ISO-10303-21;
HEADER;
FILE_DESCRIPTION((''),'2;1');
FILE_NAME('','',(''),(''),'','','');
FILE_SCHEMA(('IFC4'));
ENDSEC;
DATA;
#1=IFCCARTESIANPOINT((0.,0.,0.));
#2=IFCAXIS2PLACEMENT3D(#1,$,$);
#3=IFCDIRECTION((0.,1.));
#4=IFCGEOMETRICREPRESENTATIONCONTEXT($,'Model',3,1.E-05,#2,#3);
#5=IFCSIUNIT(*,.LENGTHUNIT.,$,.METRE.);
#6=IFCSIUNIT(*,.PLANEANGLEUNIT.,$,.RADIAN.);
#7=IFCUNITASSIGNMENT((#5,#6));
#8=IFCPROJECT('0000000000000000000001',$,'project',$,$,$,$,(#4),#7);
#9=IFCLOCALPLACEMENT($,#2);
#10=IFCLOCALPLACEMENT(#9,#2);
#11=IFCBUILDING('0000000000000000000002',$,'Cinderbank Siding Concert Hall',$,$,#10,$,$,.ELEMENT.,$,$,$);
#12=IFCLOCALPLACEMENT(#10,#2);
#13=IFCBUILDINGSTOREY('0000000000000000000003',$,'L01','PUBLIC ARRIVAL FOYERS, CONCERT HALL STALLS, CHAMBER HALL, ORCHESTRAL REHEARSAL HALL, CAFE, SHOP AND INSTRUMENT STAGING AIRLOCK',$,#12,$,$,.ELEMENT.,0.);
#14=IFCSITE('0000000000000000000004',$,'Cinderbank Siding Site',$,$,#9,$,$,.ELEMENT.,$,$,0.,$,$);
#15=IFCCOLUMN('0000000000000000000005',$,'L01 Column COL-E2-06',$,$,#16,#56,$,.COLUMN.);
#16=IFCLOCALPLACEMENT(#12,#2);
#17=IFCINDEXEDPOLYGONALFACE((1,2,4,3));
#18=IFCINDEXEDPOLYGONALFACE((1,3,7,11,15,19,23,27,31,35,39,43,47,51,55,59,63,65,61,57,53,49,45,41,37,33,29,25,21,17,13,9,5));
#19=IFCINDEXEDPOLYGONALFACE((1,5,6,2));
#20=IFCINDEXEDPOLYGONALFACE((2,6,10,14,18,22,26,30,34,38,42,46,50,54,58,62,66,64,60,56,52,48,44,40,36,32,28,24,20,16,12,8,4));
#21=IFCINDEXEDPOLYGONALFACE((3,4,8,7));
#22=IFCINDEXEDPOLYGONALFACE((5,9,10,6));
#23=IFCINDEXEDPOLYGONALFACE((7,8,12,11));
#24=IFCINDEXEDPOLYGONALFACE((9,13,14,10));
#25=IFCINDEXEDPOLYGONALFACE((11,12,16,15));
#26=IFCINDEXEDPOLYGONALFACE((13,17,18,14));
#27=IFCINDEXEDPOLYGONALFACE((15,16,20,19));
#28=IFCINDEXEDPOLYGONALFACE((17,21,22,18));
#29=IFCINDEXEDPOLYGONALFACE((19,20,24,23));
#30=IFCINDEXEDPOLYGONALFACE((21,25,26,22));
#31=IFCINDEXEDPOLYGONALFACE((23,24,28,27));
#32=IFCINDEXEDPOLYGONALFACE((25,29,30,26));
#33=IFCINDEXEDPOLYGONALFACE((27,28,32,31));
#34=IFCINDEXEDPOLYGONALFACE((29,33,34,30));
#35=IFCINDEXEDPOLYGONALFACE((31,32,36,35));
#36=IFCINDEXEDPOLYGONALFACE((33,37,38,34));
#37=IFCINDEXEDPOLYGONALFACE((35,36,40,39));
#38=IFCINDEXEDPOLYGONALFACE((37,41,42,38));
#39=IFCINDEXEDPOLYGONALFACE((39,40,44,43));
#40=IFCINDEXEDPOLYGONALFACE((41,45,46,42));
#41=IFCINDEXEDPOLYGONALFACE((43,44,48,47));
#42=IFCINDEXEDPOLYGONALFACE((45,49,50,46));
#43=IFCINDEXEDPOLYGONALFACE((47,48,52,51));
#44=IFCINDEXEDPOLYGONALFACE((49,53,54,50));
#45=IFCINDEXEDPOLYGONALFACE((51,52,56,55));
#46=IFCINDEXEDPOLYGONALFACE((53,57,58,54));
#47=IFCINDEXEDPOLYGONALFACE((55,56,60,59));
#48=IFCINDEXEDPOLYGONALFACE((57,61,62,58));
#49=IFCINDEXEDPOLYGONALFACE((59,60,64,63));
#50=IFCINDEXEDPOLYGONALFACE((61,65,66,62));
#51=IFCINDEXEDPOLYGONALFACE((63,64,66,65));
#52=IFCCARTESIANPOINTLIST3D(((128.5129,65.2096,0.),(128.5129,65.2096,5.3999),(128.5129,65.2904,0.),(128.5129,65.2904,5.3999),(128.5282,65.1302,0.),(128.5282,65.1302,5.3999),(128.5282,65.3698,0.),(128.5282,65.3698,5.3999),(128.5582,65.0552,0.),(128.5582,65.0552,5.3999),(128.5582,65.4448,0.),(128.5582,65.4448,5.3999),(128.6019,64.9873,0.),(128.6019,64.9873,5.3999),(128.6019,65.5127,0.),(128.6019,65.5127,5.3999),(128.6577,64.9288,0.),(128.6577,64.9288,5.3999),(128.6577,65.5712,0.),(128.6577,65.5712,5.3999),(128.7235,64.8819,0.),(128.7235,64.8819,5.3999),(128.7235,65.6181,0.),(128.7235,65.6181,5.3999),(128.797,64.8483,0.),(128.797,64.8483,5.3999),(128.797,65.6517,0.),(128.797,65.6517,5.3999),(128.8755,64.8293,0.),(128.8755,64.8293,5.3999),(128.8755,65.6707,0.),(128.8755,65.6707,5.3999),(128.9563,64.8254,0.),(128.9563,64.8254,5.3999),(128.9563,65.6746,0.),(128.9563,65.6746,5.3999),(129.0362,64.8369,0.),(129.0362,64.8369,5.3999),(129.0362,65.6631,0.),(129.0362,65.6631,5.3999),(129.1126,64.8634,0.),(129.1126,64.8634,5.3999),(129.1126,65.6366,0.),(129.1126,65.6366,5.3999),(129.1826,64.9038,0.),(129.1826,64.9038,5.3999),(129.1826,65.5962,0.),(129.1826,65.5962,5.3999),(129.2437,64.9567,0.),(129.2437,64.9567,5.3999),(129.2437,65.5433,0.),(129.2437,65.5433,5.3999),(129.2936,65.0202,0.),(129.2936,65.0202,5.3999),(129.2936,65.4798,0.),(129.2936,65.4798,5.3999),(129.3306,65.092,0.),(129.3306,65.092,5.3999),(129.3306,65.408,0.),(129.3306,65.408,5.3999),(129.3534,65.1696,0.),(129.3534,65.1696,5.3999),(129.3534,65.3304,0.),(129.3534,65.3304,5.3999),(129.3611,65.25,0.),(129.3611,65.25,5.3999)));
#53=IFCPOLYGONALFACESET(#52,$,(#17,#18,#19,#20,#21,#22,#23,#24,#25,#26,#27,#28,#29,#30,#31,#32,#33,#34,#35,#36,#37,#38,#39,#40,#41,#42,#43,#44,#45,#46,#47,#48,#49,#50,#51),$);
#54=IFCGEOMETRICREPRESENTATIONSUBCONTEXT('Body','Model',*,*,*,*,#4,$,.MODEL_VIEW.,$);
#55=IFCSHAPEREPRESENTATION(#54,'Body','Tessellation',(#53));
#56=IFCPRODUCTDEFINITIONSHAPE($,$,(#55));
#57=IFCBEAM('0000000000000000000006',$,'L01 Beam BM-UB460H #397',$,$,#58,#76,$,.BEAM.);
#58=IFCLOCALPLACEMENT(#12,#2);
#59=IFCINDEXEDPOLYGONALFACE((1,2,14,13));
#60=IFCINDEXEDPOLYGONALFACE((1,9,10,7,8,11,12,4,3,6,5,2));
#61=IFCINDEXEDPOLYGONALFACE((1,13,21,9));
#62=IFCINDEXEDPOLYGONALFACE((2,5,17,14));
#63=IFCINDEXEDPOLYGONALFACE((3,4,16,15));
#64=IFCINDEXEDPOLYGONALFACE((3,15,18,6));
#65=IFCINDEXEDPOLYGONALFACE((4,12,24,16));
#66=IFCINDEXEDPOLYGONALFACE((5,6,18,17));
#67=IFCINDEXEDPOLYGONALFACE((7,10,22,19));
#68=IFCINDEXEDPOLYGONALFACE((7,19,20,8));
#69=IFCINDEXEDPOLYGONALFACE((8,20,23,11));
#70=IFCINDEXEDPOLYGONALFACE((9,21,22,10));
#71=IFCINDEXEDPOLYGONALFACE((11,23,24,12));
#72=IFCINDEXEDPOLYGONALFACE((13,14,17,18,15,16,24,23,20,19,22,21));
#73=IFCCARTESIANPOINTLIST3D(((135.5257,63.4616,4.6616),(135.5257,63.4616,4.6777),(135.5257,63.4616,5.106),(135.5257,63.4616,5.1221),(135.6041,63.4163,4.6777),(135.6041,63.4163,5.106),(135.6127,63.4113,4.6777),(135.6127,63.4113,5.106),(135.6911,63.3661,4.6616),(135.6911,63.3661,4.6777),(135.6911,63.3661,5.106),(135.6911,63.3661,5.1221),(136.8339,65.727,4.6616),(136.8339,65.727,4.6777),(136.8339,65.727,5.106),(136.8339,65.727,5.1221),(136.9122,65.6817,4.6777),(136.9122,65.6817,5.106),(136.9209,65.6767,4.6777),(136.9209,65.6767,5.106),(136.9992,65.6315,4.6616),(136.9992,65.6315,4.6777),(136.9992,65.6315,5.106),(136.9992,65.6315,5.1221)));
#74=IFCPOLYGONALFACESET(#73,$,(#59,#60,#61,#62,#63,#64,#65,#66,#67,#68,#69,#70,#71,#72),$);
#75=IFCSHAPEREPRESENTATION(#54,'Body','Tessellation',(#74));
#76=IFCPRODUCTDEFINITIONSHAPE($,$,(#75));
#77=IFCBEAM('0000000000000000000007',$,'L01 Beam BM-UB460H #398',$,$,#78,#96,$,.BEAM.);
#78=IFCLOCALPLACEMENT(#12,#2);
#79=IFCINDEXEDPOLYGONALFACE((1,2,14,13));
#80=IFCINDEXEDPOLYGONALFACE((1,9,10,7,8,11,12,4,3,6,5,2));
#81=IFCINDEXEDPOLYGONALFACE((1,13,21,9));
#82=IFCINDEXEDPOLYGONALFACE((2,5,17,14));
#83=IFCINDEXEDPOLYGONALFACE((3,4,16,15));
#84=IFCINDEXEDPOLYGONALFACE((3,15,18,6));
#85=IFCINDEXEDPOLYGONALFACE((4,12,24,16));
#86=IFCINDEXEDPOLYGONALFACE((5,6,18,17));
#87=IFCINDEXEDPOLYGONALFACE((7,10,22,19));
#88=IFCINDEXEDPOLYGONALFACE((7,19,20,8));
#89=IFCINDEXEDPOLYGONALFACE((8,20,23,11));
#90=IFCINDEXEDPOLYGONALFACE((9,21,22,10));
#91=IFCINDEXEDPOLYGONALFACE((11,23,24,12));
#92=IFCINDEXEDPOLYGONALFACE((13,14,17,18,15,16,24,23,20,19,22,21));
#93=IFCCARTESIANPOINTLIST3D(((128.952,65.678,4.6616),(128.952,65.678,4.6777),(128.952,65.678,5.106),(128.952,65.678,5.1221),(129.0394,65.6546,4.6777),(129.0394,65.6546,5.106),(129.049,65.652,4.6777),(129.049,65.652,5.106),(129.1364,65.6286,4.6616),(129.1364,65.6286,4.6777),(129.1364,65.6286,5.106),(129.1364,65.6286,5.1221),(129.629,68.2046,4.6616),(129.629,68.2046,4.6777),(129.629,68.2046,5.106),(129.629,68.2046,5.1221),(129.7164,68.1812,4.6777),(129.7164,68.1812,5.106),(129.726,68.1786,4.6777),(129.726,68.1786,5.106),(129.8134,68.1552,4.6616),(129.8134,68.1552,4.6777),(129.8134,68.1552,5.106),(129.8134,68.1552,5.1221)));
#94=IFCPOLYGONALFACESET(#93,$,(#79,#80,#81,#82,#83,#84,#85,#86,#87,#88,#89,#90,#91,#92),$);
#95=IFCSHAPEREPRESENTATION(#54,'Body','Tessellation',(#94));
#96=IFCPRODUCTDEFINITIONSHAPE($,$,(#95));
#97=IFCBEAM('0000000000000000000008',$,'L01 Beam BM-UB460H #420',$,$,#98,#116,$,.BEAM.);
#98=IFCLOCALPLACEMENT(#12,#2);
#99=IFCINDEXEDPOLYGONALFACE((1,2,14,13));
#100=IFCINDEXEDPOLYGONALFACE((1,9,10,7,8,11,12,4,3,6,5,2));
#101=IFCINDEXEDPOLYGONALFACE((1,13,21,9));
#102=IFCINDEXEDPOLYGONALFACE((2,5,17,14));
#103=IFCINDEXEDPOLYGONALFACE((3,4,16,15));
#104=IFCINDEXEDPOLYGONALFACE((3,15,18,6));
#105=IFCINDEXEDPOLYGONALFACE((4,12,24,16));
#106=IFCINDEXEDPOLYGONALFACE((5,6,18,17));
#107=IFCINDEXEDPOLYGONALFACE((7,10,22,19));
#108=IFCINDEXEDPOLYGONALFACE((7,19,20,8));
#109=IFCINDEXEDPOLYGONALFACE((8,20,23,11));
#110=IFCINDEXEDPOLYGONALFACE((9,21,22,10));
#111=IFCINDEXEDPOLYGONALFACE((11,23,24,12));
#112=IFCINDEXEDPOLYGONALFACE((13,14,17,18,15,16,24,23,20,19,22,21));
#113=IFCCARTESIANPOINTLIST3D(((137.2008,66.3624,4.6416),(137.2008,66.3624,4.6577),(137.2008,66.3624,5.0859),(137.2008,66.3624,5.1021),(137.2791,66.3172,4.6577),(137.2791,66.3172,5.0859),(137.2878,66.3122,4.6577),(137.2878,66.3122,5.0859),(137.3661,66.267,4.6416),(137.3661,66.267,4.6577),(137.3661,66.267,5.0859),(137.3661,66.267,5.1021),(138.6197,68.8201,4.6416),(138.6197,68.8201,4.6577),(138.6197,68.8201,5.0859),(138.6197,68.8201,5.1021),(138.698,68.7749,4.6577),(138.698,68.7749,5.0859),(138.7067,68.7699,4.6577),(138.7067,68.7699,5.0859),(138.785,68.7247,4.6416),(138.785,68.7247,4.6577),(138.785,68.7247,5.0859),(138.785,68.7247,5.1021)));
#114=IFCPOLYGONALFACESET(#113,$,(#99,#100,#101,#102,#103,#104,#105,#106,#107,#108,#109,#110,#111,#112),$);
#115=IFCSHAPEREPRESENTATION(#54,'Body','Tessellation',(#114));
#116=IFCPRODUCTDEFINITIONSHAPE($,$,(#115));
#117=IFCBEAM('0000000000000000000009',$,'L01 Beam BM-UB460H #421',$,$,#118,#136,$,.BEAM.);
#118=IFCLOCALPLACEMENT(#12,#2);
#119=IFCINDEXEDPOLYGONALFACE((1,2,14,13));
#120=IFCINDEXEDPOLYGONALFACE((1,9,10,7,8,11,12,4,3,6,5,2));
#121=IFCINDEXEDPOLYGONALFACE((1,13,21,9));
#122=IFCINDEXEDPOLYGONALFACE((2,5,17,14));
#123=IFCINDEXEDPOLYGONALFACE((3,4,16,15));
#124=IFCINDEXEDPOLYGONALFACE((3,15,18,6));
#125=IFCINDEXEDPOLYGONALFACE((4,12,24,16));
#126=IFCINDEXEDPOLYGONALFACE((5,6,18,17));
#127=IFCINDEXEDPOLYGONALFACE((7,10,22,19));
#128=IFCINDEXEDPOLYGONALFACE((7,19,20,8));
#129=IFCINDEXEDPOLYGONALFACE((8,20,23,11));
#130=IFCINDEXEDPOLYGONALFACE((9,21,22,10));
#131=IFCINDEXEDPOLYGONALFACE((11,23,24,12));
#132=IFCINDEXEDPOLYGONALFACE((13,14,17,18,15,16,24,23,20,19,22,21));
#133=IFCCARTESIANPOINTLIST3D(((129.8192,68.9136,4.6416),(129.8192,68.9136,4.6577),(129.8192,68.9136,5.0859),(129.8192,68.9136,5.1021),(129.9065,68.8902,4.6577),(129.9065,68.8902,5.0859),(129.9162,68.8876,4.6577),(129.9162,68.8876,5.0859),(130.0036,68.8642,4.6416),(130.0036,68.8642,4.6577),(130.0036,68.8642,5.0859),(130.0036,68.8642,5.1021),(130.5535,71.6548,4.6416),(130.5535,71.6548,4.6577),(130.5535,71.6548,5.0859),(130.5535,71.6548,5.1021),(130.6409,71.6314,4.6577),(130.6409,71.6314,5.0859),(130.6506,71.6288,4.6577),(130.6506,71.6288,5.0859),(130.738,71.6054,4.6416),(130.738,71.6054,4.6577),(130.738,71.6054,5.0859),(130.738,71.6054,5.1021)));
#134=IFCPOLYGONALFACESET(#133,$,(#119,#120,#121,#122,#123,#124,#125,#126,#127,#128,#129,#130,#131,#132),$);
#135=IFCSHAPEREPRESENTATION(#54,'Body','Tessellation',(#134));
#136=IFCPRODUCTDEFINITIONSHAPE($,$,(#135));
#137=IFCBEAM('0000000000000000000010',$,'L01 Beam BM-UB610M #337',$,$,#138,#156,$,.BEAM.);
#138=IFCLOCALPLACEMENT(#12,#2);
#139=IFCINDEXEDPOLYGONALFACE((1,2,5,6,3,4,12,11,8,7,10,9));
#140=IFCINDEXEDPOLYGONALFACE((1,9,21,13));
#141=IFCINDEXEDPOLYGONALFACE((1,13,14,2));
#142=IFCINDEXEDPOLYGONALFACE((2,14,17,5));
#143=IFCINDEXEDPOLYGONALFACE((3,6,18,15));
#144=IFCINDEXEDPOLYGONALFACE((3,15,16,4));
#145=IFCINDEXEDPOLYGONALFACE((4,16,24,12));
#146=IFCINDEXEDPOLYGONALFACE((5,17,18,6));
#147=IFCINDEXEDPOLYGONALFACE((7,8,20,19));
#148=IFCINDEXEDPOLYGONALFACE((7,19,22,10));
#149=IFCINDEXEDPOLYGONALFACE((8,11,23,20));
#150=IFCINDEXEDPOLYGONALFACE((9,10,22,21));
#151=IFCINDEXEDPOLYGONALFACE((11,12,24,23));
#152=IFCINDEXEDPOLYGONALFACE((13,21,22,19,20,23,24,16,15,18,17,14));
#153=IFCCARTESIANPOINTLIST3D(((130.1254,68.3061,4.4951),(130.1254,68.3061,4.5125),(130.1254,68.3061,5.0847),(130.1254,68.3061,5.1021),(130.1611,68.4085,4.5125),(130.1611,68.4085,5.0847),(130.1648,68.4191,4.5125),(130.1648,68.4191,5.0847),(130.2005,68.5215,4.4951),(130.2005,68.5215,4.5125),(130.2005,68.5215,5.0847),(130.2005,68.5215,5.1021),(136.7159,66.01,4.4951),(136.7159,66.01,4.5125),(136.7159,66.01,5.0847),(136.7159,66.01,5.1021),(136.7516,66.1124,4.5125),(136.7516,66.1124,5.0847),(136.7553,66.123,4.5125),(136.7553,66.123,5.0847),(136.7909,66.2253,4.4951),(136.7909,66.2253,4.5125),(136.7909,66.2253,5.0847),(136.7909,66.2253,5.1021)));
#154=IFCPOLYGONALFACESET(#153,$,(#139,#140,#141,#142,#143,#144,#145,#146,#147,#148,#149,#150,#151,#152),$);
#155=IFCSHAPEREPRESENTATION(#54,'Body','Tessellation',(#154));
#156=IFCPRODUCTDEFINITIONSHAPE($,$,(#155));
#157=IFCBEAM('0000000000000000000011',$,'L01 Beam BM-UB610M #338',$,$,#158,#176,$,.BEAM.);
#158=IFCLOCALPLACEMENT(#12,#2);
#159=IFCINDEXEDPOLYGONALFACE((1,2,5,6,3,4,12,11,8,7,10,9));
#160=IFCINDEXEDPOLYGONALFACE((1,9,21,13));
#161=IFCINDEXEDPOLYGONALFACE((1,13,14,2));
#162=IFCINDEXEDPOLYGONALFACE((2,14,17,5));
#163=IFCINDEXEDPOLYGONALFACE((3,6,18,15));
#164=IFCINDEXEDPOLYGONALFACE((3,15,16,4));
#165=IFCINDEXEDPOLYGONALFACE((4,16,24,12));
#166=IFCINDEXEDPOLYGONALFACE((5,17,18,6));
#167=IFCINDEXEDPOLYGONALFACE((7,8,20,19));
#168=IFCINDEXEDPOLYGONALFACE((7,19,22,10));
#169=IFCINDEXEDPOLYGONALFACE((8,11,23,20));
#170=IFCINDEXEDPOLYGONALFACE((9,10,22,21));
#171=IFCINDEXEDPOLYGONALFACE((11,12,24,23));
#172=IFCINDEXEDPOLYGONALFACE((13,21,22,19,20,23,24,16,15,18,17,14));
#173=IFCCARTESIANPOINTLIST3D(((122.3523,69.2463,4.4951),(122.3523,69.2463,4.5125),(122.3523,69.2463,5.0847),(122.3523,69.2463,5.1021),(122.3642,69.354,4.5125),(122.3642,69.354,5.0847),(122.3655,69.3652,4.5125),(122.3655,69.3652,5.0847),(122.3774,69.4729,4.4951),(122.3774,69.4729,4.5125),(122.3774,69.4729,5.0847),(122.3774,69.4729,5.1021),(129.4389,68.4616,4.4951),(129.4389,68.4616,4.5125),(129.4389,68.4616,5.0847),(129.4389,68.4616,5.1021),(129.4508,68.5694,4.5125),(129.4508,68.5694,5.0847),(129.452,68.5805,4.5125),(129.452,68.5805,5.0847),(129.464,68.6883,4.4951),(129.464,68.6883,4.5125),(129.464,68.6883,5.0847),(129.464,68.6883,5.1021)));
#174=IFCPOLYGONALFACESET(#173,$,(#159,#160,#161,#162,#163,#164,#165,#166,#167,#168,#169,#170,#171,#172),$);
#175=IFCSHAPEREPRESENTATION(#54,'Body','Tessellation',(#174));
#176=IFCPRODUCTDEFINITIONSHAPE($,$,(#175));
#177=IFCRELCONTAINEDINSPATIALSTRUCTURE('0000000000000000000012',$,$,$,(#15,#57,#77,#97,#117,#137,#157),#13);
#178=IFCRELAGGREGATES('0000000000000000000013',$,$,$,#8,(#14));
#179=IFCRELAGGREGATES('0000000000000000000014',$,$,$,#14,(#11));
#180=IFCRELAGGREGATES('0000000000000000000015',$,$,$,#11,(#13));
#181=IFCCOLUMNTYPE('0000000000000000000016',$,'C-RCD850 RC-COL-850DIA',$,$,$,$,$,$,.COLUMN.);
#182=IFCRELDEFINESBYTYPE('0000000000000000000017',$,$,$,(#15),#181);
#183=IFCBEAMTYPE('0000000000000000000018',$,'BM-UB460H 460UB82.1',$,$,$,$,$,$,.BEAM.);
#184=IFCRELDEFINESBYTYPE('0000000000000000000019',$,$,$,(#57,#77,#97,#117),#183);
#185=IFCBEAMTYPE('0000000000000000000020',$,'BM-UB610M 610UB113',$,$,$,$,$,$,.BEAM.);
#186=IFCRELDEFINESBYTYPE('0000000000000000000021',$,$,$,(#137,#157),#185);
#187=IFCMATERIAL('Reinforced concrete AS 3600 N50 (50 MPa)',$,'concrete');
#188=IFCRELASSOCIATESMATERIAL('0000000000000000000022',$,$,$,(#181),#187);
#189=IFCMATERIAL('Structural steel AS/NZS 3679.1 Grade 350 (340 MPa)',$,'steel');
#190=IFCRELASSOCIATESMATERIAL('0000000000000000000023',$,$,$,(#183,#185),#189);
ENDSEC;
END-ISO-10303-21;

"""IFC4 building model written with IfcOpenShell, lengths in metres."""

from ifc_helpers import new_model, si_unit, direction, frame, origin, origin_2d, place, context, subcontext, project, spatial, circle, i_section, extrude, material, material_profile, profile_set, type_object, element, save


model = new_model("IFC4")

# Units and contexts
model_context = context("Model", 3, precision=1e-05, world=origin(), true_north=direction((0.0, 1.0)))
body_context = subcontext(model_context, "Body", "Model", "MODEL_VIEW")
ifc_project = project(units=[si_unit("LENGTHUNIT", "METRE"), si_unit("PLANEANGLEUNIT", "RADIAN")], contexts=[model_context])

# Site, building, storey
site_placement = place(None, origin())
site = spatial("IfcSite", under=ifc_project, at=site_placement, Name="Cinderbank Siding Site", CompositionType="ELEMENT", RefElevation=0.0)
building_placement = place(site_placement, origin())
building = spatial("IfcBuilding", under=site, at=building_placement, Name="Cinderbank Siding Concert Hall", CompositionType="ELEMENT")
storey_placement = place(building_placement, origin())
storey = spatial("IfcBuildingStorey", under=building, at=storey_placement, Name="L01", Description="PUBLIC ARRIVAL FOYERS, CONCERT HALL STALLS, CHAMBER HALL, ORCHESTRAL REHEARSAL HALL, CAFE, SHOP AND INSTRUMENT STAGING AIRLOCK", CompositionType="ELEMENT", Elevation=0.0)

# Column
ifc_material_1 = material(Name="Reinforced concrete AS 3600 N50 (50 MPa)", Category="concrete")
ifc_material_profile_1 = material_profile(ifc_material_1, circle(Radius=0.425, at=origin_2d()), Name="RC-COL-850DIA", Category="LoadBearing")
ifc_profile_set_1 = profile_set([ifc_material_profile_1], Name="Reinforced concrete AS 3600 N50 (50 MPa)")
column_type_1 = type_object("IfcColumnType", Name="C-RCD850 RC-COL-850DIA", PredefinedType="COLUMN", material=ifc_profile_set_1)
for number, where, z_axis, x_axis, name in (
    (1, (128.936, 65.25, 0.0), (0.0, 0.0, 1.0), (1.0, 0.0, 0.0), "L01 Column COL-E2-06"),
):
    element("IfcColumn", number, at=place(storey_placement, frame(where, z_axis=z_axis, x_axis=x_axis)), inside=storey, type_object=column_type_1, Name=name, PredefinedType="COLUMN", context=body_context, shape_type="SweptSolid", body=[
        extrude(circle(Radius=0.425, at=origin_2d()), origin(), (0.0, 0.0, 1.0), 5.3999),
    ])

# Beams
ifc_material_2 = material(Name="Structural steel AS/NZS 3679.1 Grade 350 (340 MPa)", Category="steel")
ifc_material_profile_2 = material_profile(ifc_material_2, i_section(OverallWidth=0.1909, OverallDepth=0.4604, WebThickness=0.01, FlangeThickness=0.0161, at=origin_2d()), Name="460UB82.1", Category="LoadBearing")
ifc_profile_set_2 = profile_set([ifc_material_profile_2], Name="Structural steel AS/NZS 3679.1 Grade 350 (340 MPa)")
beam_type_1 = type_object("IfcBeamType", Name="BM-UB460H 460UB82.1", PredefinedType="BEAM", material=ifc_profile_set_2)
beam_1_placement = place(storey_placement, frame((135.6084, 63.4138, 4.8918), z_axis=(0.500054, 0.865994, 0.0), x_axis=(-0.865994, 0.500054, 0.0)))
element("IfcBeam", 2, at=beam_1_placement, inside=storey, type_object=beam_type_1, Name="L01 Beam BM-UB460H #397", PredefinedType="BEAM", context=body_context, shape_type="SweptSolid", body=[
    extrude(i_section(OverallWidth=0.1909, OverallDepth=0.4604, WebThickness=0.01, FlangeThickness=0.0161, at=origin_2d()), origin(), (0.0, 0.0, 1.0), 2.616),
])
beam_2_placement = place(storey_placement, frame((129.0442, 65.6533, 4.8918), z_axis=(0.258819, 0.965926, 0.0), x_axis=(-0.965926, 0.258819, 0.0)))
element("IfcBeam", 3, at=beam_2_placement, inside=storey, type_object=beam_type_1, Name="L01 Beam BM-UB460H #398", PredefinedType="BEAM", context=body_context, shape_type="SweptSolid", body=[
    extrude(i_section(OverallWidth=0.1909, OverallDepth=0.4604, WebThickness=0.01, FlangeThickness=0.0161, at=origin_2d()), origin(), (0.0, 0.0, 1.0), 2.6157),
])
for number, where, z_axis, x_axis, name in (
    (4, (137.2834, 66.3147, 4.8718), (0.499988, 0.866032, 0.0), (-0.866032, 0.499988, 0.0), "L01 Beam BM-UB460H #420"),
    (5, (129.9114, 68.8889, 4.8718), (0.258776, 0.965937, 0.0), (-0.965937, 0.258776, 0.0), "L01 Beam BM-UB460H #421"),
):
    element("IfcBeam", number, at=place(storey_placement, frame(where, z_axis=z_axis, x_axis=x_axis)), inside=storey, type_object=beam_type_1, Name=name, PredefinedType="BEAM", context=body_context, shape_type="SweptSolid", body=[
        extrude(i_section(OverallWidth=0.1909, OverallDepth=0.4604, WebThickness=0.01, FlangeThickness=0.0161, at=origin_2d()), origin(), (0.0, 0.0, 1.0), 2.8379),
    ])
ifc_material_profile_3 = material_profile(ifc_material_2, i_section(OverallWidth=0.228, OverallDepth=0.6069, WebThickness=0.0112, FlangeThickness=0.0173, at=origin_2d()), Name="610UB113", Category="LoadBearing")
ifc_profile_set_3 = profile_set([ifc_material_profile_3], Name="Structural steel AS/NZS 3679.1 Grade 350 (340 MPa)")
beam_type_2 = type_object("IfcBeamType", Name="BM-UB610M 610UB113", PredefinedType="BEAM", material=ifc_profile_set_3)
beam_3_placement = place(storey_placement, frame((136.7534, 66.1177, 4.7986), z_axis=(-0.944329, 0.329002, 0.0), x_axis=(-0.329002, -0.944329, 0.0)))
element("IfcBeam", 6, at=beam_3_placement, inside=storey, type_object=beam_type_2, Name="L01 Beam BM-UB610M #337", PredefinedType="BEAM", context=body_context, shape_type="SweptSolid", body=[
    extrude(i_section(OverallWidth=0.228, OverallDepth=0.6069, WebThickness=0.0112, FlangeThickness=0.0173, at=origin_2d()), origin(), (0.0, 0.0, 1.0), 6.979),
])
beam_4_placement = place(storey_placement, frame((129.4514, 68.575, 4.7986), z_axis=(-0.993926, 0.110052, 0.0), x_axis=(-0.110052, -0.993926, 0.0)))
element("IfcBeam", 7, at=beam_4_placement, inside=storey, type_object=beam_type_2, Name="L01 Beam BM-UB610M #338", PredefinedType="BEAM", context=body_context, shape_type="SweptSolid", body=[
    extrude(i_section(OverallWidth=0.228, OverallDepth=0.6069, WebThickness=0.0112, FlangeThickness=0.0173, at=origin_2d()), origin(), (0.0, 0.0, 1.0), 7.1299),
])

save(model, "model.ifc")
